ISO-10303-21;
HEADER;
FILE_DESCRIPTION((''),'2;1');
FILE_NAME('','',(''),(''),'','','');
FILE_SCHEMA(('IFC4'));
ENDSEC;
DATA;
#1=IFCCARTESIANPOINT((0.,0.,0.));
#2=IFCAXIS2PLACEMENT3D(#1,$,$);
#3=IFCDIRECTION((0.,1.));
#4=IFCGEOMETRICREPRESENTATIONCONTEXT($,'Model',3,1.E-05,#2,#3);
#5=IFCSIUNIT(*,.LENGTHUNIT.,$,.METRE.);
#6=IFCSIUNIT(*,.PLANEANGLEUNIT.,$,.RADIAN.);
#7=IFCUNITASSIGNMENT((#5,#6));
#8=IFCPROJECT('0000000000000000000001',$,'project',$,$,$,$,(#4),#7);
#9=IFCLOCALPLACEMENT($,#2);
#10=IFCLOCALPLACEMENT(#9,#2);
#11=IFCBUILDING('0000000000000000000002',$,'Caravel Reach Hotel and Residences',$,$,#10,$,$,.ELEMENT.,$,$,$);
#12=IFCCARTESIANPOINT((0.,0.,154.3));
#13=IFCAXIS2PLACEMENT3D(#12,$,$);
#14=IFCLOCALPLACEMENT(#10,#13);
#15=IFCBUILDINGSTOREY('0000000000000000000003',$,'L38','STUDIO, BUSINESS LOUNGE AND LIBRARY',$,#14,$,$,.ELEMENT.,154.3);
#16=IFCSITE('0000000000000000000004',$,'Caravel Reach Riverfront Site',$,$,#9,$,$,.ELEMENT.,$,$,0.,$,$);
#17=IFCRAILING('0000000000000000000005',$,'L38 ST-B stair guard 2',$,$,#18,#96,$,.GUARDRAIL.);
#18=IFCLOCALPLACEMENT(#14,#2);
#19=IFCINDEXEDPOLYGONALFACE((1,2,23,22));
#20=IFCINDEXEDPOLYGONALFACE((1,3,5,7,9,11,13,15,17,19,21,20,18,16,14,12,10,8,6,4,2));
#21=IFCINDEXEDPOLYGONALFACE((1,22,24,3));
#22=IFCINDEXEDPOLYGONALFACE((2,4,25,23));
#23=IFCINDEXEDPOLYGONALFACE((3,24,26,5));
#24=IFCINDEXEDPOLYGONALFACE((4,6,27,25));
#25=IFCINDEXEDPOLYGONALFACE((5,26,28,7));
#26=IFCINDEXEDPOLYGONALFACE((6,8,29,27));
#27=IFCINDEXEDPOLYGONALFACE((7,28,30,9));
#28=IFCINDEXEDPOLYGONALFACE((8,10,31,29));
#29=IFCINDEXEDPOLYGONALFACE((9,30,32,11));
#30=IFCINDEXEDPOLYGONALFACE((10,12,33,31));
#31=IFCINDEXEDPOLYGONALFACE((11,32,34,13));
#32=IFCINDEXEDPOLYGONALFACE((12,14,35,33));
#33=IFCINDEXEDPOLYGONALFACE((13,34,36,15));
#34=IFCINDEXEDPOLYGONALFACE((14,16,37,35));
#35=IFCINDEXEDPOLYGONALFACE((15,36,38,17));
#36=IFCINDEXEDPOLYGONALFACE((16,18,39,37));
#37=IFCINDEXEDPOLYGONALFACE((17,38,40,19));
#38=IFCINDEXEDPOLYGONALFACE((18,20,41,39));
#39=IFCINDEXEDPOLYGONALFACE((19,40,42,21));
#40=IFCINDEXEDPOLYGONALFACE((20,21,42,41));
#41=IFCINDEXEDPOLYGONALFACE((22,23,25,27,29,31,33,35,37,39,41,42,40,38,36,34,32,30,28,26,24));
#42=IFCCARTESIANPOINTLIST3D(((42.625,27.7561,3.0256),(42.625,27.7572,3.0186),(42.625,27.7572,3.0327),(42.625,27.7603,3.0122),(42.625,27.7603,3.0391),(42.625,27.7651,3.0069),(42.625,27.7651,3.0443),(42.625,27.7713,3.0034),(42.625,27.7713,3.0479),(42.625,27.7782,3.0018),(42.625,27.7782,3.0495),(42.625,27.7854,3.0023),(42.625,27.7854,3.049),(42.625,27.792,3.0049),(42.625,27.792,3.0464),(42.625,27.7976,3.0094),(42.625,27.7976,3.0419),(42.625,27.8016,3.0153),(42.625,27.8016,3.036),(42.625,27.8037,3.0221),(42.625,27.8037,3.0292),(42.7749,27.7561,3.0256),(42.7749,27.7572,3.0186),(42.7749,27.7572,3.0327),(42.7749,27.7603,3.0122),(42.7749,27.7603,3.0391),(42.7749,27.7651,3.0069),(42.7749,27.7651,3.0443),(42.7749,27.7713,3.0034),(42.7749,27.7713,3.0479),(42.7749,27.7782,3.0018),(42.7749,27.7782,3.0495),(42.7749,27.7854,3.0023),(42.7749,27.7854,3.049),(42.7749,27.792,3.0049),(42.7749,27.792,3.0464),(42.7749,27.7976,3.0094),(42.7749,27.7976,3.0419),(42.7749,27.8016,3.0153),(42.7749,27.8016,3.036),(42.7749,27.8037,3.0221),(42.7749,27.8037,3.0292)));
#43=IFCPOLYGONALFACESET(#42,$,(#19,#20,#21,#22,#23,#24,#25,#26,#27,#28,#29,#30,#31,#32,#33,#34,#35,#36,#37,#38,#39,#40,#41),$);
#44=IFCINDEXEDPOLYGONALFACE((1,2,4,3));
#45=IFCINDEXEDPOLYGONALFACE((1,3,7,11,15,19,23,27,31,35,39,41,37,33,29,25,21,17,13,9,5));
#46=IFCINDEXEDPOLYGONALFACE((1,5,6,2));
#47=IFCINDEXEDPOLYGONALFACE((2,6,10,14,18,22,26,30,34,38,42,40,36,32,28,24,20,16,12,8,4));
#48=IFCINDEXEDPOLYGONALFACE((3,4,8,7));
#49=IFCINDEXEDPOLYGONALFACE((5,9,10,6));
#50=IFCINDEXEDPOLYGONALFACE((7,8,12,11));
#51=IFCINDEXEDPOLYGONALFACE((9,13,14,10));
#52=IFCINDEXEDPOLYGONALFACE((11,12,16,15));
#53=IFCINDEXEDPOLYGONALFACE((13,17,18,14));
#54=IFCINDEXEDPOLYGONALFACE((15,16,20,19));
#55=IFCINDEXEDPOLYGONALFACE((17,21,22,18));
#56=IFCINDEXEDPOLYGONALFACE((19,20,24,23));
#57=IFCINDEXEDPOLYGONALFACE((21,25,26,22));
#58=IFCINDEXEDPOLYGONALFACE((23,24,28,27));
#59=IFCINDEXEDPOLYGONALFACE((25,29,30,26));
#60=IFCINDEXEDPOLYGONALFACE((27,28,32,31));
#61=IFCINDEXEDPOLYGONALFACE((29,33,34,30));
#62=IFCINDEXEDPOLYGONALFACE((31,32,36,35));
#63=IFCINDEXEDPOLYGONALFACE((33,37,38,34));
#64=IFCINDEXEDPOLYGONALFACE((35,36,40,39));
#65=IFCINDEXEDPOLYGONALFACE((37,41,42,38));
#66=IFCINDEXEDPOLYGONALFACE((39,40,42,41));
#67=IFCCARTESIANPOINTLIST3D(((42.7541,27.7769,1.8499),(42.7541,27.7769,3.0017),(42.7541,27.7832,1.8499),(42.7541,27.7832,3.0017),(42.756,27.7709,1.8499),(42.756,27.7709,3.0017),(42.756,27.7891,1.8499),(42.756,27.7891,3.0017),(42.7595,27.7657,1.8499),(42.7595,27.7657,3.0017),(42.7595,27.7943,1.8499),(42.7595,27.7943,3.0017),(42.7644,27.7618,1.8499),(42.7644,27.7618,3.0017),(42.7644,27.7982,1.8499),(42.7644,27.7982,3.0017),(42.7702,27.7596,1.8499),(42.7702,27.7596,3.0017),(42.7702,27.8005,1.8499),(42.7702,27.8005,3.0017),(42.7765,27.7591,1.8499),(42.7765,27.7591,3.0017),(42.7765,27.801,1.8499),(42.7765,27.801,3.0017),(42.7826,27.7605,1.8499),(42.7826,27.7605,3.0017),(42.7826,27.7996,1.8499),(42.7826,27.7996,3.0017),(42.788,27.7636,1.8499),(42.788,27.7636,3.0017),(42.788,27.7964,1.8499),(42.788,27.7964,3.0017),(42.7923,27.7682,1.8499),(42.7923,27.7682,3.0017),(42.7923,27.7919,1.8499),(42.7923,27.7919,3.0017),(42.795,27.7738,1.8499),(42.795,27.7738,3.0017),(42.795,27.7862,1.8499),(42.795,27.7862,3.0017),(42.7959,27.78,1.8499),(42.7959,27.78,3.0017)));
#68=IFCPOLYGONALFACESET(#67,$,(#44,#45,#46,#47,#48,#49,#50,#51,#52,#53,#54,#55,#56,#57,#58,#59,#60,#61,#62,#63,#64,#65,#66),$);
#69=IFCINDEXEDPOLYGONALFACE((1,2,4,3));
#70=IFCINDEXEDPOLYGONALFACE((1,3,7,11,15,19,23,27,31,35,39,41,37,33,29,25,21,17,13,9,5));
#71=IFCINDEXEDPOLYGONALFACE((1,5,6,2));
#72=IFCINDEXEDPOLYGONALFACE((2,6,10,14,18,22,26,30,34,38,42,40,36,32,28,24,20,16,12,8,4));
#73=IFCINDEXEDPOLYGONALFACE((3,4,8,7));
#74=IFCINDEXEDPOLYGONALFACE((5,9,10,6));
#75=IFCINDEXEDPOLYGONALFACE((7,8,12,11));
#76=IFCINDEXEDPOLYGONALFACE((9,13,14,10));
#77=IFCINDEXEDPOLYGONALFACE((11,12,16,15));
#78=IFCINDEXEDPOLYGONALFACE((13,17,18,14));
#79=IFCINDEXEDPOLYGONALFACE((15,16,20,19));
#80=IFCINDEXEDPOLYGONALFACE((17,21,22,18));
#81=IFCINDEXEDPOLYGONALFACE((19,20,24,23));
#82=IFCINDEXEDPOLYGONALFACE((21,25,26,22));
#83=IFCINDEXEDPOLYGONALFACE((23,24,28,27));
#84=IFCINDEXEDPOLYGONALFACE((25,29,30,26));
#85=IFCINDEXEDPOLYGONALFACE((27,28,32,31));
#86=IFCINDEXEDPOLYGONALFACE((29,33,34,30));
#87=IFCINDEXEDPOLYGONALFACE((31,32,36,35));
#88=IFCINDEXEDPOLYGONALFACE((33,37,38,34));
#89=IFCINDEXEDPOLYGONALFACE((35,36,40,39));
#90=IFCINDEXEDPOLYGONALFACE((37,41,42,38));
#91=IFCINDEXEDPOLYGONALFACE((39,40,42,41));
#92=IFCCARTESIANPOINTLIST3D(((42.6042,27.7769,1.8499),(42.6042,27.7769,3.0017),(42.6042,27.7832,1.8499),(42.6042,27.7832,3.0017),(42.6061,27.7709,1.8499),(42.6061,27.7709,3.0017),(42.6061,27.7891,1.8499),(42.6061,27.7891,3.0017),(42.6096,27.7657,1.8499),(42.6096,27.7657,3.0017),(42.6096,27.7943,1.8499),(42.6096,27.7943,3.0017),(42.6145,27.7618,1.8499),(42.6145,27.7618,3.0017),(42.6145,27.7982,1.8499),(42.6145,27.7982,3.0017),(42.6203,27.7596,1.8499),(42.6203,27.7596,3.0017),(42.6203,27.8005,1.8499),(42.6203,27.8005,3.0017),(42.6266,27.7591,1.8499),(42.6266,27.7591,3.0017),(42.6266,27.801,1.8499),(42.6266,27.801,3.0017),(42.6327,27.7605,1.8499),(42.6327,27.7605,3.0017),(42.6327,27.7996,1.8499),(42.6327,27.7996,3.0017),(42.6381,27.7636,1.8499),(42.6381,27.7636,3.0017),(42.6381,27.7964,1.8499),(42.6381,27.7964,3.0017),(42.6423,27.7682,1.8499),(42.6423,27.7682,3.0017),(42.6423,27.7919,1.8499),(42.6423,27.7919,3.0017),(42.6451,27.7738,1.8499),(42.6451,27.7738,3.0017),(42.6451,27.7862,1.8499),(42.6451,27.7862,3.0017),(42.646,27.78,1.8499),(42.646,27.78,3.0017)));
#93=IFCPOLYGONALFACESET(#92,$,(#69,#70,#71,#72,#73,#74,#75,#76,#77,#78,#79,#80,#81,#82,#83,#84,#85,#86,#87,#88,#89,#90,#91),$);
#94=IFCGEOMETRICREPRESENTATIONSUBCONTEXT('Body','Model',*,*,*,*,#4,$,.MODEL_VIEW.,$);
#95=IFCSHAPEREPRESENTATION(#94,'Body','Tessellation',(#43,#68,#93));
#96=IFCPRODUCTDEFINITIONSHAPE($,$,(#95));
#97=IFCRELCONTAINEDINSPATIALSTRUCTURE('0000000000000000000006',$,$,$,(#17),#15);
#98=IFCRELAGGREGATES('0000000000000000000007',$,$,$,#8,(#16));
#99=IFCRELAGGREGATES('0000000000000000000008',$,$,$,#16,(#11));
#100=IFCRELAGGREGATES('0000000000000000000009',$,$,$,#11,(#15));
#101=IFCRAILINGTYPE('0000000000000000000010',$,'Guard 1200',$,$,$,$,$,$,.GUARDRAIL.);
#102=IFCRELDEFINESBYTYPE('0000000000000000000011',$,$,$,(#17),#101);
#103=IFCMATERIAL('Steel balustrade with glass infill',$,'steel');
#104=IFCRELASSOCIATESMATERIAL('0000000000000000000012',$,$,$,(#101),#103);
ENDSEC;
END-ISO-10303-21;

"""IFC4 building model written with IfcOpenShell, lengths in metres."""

from ifc_helpers import new_model, si_unit, direction, frame, origin, origin_2d, place, context, subcontext, project, spatial, circle, extrude, material, type_object, element, save


model = new_model("IFC4")

# Units and contexts
model_context = context("Model", 3, precision=1e-05, world=origin(), true_north=direction((0.0, 1.0)))
body_context = subcontext(model_context, "Body", "Model", "MODEL_VIEW")
ifc_project = project(units=[si_unit("LENGTHUNIT", "METRE"), si_unit("PLANEANGLEUNIT", "RADIAN")], contexts=[model_context])

# Site, building, storey
site_placement = place(None, origin())
site = spatial("IfcSite", under=ifc_project, at=site_placement, Name="Caravel Reach Riverfront Site", CompositionType="ELEMENT", RefElevation=0.0)
building_placement = place(site_placement, origin())
building = spatial("IfcBuilding", under=site, at=building_placement, Name="Caravel Reach Hotel and Residences", CompositionType="ELEMENT")
storey_placement = place(building_placement, frame((0.0, 0.0, 154.3)))
storey = spatial("IfcBuildingStorey", under=building, at=storey_placement, Name="L38", Description="STUDIO, BUSINESS LOUNGE AND LIBRARY", CompositionType="ELEMENT", Elevation=154.3)

# Railing
ifc_material_1 = material(Name="Steel balustrade with glass infill", Category="steel")
railing_type_1 = type_object("IfcRailingType", Name="Guard 1200", PredefinedType="GUARDRAIL", material=ifc_material_1)
railing_1_placement = place(storey_placement, frame((42.7749, 27.78, 1.8499)))
element("IfcRailing", 1, at=railing_1_placement, inside=storey, type_object=railing_type_1, Name="L38 ST-B stair guard 2", PredefinedType="GUARDRAIL", context=body_context, shape_type="SweptSolid", body=[
    extrude(circle(Radius=0.0239, at=origin_2d()), frame((0.0, 0.0, 1.1758), z_axis=(-1.0, 0.0, 0.0), x_axis=(0.0, -1.0, 0.0)), (0.0, 0.0, 1.0), 0.1499),
    extrude(circle(Radius=0.021, at=origin_2d()), origin(), (0.0, 0.0, 1.0), 1.1519),
    extrude(circle(Radius=0.021, at=origin_2d()), frame((-0.1499, 0.0, 0.0)), (0.0, 0.0, 1.0), 1.1519),
])

save(model, "model.ifc")
